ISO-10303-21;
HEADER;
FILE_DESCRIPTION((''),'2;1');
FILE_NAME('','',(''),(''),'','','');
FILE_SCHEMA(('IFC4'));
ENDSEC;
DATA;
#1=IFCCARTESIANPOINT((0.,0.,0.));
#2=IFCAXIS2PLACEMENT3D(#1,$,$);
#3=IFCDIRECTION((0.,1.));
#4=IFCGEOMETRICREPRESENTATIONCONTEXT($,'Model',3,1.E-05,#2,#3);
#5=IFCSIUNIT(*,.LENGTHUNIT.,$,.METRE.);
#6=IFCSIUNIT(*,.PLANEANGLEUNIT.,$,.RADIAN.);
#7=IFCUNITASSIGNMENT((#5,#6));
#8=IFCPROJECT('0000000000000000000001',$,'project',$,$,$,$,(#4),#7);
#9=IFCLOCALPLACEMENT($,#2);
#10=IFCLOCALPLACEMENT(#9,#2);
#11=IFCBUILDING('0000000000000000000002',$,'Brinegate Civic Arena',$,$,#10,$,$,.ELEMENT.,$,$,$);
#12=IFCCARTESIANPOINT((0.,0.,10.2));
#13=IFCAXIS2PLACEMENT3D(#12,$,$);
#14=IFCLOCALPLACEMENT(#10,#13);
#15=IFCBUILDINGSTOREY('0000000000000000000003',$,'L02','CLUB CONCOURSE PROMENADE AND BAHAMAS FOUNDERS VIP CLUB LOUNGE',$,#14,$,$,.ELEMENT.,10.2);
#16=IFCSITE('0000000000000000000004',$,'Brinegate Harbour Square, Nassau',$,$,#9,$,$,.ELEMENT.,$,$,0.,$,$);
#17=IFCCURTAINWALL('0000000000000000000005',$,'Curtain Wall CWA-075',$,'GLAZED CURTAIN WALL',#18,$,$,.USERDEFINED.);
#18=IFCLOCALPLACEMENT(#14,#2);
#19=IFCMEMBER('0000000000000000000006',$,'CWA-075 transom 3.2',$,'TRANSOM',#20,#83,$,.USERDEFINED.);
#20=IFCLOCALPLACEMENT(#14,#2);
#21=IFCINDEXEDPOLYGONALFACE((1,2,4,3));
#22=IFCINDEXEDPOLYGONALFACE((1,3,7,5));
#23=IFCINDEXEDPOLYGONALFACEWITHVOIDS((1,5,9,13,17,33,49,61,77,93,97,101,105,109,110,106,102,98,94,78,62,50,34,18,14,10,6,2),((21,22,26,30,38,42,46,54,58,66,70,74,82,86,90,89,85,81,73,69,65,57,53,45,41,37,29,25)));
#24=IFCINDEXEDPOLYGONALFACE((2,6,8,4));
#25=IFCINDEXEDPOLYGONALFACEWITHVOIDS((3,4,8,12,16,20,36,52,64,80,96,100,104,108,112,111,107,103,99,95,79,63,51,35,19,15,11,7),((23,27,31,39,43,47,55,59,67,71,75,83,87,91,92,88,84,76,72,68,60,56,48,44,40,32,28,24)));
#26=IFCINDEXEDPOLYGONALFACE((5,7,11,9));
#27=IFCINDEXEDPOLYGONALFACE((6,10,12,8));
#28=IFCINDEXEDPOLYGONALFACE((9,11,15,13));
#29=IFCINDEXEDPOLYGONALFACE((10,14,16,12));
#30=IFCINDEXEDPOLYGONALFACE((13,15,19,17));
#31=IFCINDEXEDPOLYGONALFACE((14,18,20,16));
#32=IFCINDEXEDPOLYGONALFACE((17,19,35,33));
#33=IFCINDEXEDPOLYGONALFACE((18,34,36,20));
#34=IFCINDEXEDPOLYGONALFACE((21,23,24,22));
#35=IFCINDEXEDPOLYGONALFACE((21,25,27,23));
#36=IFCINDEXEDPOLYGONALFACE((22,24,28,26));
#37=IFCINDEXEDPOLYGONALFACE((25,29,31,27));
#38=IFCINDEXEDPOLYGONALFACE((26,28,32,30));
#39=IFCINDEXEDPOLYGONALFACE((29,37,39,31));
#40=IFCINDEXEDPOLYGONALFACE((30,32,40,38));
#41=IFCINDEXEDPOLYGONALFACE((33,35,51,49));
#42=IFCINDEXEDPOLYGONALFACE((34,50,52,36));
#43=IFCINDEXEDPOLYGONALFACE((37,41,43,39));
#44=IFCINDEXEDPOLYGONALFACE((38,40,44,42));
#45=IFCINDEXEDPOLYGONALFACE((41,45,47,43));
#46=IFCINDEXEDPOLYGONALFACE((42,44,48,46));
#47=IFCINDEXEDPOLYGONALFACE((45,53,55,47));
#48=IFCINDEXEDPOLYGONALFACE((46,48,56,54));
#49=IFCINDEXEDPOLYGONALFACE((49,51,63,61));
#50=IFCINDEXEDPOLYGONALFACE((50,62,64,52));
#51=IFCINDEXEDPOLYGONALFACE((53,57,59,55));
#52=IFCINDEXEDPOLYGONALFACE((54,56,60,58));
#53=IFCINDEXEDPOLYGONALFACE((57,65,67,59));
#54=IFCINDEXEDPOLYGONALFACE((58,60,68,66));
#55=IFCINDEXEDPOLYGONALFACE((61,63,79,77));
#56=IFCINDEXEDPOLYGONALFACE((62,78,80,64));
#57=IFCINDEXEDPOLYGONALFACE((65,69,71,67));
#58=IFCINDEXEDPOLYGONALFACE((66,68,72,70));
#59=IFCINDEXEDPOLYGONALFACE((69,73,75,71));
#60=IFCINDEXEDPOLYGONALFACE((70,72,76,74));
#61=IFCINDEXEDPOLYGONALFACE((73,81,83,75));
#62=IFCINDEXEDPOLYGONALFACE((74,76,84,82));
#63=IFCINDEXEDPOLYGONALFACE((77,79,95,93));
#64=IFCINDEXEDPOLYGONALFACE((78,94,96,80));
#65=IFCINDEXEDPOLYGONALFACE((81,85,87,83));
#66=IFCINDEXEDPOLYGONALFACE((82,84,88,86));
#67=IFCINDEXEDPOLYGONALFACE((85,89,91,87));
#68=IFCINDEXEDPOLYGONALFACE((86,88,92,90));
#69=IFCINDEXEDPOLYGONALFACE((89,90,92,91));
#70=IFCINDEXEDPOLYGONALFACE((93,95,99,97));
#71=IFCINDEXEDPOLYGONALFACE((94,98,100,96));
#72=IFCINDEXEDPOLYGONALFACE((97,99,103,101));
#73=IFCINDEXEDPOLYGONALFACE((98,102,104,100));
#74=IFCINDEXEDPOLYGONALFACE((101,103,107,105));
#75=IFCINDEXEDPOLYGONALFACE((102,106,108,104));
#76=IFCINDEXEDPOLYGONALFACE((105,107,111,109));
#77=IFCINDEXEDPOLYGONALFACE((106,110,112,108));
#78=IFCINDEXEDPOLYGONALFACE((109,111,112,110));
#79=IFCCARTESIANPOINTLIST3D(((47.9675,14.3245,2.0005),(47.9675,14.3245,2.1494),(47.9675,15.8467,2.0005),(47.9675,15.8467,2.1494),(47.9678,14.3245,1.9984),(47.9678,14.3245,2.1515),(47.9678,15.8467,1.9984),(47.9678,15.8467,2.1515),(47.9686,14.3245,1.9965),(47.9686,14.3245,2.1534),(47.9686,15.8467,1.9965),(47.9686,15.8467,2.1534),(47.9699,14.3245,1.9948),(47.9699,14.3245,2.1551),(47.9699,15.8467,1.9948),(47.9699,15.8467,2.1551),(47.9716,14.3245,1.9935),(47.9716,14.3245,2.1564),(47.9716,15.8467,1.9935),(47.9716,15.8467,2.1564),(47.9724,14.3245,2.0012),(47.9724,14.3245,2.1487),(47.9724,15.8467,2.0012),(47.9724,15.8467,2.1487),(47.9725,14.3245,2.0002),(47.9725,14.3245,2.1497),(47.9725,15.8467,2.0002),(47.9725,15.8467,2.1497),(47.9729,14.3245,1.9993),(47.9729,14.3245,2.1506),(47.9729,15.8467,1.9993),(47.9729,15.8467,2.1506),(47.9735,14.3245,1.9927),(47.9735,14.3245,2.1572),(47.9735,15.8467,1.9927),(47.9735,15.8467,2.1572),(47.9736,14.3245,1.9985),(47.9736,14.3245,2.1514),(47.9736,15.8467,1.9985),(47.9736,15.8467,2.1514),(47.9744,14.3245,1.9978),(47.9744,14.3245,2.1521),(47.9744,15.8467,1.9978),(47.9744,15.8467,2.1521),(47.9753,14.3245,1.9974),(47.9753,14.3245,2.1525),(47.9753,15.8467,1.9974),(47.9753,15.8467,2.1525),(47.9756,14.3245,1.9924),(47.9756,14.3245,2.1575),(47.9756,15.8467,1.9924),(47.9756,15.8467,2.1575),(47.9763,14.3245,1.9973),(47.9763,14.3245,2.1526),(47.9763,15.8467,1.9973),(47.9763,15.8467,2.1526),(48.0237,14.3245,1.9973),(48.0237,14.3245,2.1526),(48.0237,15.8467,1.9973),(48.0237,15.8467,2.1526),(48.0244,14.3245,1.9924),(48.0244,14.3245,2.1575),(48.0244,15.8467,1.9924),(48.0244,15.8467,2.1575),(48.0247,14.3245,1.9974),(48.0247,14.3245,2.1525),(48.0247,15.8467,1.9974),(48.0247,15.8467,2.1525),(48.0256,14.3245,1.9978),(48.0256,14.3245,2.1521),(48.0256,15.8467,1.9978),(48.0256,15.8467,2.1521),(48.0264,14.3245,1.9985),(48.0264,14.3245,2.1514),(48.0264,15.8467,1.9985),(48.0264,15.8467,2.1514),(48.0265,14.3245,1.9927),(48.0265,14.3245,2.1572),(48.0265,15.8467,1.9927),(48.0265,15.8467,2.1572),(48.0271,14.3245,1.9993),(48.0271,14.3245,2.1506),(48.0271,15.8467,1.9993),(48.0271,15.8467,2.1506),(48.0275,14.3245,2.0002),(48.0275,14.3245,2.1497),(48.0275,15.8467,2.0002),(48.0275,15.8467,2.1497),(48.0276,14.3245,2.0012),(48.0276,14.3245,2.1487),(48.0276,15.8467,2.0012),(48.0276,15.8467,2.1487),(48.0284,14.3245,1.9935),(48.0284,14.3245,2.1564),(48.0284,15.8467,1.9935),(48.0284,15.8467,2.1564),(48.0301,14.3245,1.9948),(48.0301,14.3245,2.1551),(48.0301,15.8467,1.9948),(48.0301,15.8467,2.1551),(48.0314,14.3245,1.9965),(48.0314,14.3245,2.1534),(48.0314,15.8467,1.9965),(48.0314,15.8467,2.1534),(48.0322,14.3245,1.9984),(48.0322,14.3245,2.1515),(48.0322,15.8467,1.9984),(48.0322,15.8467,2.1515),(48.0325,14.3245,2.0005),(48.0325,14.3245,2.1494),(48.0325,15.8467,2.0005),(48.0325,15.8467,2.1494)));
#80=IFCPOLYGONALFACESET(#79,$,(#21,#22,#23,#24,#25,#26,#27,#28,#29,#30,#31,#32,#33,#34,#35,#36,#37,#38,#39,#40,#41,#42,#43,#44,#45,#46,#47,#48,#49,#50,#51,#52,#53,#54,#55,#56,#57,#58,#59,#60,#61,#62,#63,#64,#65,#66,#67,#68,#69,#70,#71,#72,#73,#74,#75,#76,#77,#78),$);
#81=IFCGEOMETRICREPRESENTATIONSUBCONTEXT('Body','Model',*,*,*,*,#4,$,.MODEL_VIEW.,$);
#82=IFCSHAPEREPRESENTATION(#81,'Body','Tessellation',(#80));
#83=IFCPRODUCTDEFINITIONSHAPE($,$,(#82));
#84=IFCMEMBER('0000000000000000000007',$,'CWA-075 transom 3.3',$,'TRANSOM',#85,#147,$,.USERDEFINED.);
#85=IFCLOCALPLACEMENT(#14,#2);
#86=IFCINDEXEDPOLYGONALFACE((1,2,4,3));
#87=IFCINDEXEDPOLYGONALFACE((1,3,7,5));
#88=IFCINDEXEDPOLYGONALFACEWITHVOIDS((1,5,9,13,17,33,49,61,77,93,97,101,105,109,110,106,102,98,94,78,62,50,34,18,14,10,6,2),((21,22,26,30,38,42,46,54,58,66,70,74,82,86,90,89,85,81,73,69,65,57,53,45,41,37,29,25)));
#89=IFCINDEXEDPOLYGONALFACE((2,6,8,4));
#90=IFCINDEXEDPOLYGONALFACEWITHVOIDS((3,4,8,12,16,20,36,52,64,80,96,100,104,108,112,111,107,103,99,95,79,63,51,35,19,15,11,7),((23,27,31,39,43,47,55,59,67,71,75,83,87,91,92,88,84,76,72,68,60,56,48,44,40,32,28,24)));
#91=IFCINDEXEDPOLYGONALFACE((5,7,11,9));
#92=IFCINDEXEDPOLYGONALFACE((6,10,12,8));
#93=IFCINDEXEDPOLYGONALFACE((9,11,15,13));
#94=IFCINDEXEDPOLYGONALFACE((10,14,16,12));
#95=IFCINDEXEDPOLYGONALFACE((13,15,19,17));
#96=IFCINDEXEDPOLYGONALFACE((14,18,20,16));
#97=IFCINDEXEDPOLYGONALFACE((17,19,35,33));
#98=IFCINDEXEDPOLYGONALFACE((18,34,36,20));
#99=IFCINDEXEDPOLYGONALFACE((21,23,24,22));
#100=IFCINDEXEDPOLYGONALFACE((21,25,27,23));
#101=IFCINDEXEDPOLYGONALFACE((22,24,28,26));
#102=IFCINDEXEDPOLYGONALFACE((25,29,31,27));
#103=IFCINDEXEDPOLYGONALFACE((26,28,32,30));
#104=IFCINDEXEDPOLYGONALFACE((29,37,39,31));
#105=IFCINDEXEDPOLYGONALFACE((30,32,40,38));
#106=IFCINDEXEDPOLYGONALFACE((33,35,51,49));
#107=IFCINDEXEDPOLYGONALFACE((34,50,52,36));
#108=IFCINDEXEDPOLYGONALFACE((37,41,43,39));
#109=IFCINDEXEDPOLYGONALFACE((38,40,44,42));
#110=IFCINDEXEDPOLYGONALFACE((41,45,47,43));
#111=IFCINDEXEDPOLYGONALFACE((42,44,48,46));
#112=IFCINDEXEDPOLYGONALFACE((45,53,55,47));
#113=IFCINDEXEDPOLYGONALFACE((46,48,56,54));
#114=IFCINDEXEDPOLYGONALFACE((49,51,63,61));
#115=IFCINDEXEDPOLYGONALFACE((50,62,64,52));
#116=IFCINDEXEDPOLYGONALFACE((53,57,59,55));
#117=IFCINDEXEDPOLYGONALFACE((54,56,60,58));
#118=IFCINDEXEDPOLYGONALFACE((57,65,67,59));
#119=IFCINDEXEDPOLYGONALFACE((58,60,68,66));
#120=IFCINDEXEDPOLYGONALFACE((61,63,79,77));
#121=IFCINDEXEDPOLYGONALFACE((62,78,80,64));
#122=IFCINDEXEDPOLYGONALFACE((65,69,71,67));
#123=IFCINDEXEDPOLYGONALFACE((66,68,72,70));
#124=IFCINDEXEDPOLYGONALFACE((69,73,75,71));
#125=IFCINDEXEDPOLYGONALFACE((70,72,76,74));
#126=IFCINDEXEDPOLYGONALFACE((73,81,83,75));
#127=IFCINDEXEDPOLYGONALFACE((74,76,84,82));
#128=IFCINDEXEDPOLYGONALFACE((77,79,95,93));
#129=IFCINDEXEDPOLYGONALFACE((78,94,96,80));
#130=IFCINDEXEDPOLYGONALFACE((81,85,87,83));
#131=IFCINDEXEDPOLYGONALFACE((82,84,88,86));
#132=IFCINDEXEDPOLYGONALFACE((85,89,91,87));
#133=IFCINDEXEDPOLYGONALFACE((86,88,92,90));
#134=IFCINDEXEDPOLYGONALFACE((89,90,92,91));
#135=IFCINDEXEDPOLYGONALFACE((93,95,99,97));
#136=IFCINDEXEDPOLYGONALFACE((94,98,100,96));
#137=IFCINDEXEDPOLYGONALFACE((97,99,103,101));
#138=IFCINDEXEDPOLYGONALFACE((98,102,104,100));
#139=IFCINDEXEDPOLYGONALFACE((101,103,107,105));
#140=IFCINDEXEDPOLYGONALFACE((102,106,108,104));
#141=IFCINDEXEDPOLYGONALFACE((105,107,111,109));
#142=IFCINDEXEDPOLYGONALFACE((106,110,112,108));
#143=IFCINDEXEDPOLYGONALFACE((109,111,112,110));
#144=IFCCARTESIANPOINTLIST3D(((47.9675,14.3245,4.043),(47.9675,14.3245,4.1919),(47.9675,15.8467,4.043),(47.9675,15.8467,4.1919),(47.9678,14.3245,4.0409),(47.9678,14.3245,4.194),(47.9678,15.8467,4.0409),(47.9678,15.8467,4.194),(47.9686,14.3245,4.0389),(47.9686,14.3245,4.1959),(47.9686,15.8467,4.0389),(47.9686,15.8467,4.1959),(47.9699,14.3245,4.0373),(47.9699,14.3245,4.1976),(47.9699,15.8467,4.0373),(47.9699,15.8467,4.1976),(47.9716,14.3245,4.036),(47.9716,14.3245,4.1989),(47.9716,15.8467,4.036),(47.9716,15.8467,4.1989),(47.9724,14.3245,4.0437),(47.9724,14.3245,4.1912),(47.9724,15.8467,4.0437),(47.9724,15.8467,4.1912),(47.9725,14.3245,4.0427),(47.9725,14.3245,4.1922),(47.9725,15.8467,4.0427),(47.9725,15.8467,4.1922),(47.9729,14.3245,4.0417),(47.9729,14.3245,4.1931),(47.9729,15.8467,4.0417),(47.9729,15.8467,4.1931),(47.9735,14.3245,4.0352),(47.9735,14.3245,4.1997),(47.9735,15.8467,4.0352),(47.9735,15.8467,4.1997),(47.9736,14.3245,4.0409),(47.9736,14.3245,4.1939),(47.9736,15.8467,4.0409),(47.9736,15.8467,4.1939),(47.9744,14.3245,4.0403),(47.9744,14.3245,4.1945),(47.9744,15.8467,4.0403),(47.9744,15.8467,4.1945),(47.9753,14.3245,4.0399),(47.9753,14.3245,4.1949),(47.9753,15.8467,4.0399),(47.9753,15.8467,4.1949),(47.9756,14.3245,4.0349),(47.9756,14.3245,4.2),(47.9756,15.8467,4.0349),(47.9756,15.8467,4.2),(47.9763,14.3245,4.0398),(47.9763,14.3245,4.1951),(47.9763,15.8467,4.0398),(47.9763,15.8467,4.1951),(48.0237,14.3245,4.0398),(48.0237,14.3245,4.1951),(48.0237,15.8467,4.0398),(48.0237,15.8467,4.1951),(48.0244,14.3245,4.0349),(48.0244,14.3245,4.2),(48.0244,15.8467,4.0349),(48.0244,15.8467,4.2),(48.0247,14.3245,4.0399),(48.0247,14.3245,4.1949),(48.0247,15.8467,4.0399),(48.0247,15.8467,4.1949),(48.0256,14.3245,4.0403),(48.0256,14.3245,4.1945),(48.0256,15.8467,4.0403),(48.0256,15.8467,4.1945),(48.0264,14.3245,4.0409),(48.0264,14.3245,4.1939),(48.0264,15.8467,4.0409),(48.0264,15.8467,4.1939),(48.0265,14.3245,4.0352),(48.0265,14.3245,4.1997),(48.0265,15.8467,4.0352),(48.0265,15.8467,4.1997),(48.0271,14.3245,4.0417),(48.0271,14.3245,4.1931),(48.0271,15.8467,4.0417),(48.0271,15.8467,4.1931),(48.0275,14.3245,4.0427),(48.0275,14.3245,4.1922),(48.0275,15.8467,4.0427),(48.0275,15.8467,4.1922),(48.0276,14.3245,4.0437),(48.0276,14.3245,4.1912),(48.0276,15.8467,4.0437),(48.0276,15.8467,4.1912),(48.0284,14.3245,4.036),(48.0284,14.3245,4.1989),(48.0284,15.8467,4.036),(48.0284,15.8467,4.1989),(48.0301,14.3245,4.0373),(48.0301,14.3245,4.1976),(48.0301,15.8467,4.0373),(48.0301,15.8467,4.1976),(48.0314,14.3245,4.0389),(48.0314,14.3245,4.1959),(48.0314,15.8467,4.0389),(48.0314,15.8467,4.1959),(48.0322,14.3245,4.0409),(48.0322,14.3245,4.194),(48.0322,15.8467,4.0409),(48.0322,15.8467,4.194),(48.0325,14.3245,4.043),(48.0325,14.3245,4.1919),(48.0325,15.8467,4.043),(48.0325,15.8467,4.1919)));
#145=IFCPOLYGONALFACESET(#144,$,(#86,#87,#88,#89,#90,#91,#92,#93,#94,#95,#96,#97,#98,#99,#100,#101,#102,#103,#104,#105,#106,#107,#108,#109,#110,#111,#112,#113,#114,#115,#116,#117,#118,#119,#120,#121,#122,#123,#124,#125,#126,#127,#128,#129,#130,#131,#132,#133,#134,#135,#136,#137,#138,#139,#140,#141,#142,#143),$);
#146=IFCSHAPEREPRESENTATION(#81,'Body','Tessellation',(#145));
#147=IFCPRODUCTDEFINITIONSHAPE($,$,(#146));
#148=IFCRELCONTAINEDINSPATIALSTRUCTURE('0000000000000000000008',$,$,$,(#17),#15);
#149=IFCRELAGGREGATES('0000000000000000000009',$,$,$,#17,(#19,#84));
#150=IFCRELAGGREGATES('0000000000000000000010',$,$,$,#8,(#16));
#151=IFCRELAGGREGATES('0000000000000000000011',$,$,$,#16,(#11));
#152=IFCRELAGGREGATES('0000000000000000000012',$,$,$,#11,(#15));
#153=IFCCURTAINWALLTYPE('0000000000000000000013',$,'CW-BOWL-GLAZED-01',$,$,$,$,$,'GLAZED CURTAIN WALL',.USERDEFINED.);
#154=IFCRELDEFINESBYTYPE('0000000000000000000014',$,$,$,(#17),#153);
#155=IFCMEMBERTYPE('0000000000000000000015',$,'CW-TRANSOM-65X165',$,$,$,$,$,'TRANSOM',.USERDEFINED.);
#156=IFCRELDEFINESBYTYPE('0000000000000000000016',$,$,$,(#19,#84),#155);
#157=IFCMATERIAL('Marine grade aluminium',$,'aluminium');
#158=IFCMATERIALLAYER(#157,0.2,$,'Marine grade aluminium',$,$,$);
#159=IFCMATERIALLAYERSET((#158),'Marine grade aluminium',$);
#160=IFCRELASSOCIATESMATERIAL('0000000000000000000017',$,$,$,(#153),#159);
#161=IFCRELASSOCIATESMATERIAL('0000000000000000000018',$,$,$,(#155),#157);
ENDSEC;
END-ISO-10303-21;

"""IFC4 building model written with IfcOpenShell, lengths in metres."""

from ifc_helpers import new_model, si_unit, direction, frame, origin, origin_2d, place, context, subcontext, project, spatial, hollow_rectangle, extrude, material, layer, layer_set, material_profile, profile_set, type_object, element, aggregate, save


model = new_model("IFC4")

# Units and contexts
model_context = context("Model", 3, precision=1e-05, world=origin(), true_north=direction((0.0, 1.0)))
body_context = subcontext(model_context, "Body", "Model", "MODEL_VIEW")
ifc_project = project(units=[si_unit("LENGTHUNIT", "METRE"), si_unit("PLANEANGLEUNIT", "RADIAN")], contexts=[model_context])

# Site, building, storey
site_placement = place(None, origin())
site = spatial("IfcSite", under=ifc_project, at=site_placement, Name="Brinegate Harbour Square, Nassau", CompositionType="ELEMENT", RefElevation=0.0)
building_placement = place(site_placement, origin())
building = spatial("IfcBuilding", under=site, at=building_placement, Name="Brinegate Civic Arena", CompositionType="ELEMENT")
storey_placement = place(building_placement, frame((0.0, 0.0, 10.2)))
storey = spatial("IfcBuildingStorey", under=building, at=storey_placement, Name="L02", Description="CLUB CONCOURSE PROMENADE AND BAHAMAS FOUNDERS VIP CLUB LOUNGE", CompositionType="ELEMENT", Elevation=10.2)

# Curtain wall, members
ifc_material_1 = material(Name="Marine grade aluminium", Category="aluminium")
ifc_layer_1 = layer(ifc_material_1, 0.2, Name="Marine grade aluminium")
ifc_layer_set_1 = layer_set([ifc_layer_1], Name="Marine grade aluminium")
curtain_wall_type = type_object("IfcCurtainWallType", Name="CW-BOWL-GLAZED-01", ElementType="GLAZED CURTAIN WALL", PredefinedType="USERDEFINED", material=ifc_layer_set_1)
curtain_wall_placement = place(storey_placement, origin())
curtain_wall = element("IfcCurtainWall", 1, at=curtain_wall_placement, inside=storey, type_object=curtain_wall_type, Name="Curtain Wall CWA-075", ObjectType="GLAZED CURTAIN WALL", PredefinedType="USERDEFINED")
ifc_material_profile_1 = material_profile(ifc_material_1, hollow_rectangle(XDim=0.0649, YDim=0.165, WallThickness=0.0049, InnerFilletRadius=0.0039, OuterFilletRadius=0.0081, at=origin_2d()), Name="TRN65X165")
ifc_profile_set_1 = profile_set([ifc_material_profile_1], Name="Marine grade aluminium")
member_type_1 = type_object("IfcMemberType", Name="CW-TRANSOM-65X165", ElementType="TRANSOM", PredefinedType="USERDEFINED", material=ifc_profile_set_1)
member_1_placement = place(storey_placement, frame((48.0, 14.3245, 2.075), z_axis=(0.0, 1.0, 0.0), x_axis=(-1.0, 0.0, 0.0)))
member_1 = element("IfcMember", 2, at=member_1_placement, type_object=member_type_1, Name="CWA-075 transom 3.2", ObjectType="TRANSOM", PredefinedType="USERDEFINED", context=body_context, shape_type="SweptSolid", body=[
    extrude(hollow_rectangle(XDim=0.0649, YDim=0.165, WallThickness=0.0049, InnerFilletRadius=0.0039, OuterFilletRadius=0.0081, at=origin_2d()), origin(), (0.0, 0.0, 1.0), 1.5222),
])
member_2_placement = place(storey_placement, frame((48.0, 14.3245, 4.1174), z_axis=(0.0, 1.0, 0.0), x_axis=(-1.0, 0.0, 0.0)))
member_2 = element("IfcMember", 3, at=member_2_placement, type_object=member_type_1, Name="CWA-075 transom 3.3", ObjectType="TRANSOM", PredefinedType="USERDEFINED", context=body_context, shape_type="SweptSolid", body=[
    extrude(hollow_rectangle(XDim=0.0649, YDim=0.165, WallThickness=0.0049, InnerFilletRadius=0.0039, OuterFilletRadius=0.0081, at=origin_2d()), origin(), (0.0, 0.0, 1.0), 1.5222),
])
aggregate(curtain_wall, [member_1, member_2])

save(model, "model.ifc")
